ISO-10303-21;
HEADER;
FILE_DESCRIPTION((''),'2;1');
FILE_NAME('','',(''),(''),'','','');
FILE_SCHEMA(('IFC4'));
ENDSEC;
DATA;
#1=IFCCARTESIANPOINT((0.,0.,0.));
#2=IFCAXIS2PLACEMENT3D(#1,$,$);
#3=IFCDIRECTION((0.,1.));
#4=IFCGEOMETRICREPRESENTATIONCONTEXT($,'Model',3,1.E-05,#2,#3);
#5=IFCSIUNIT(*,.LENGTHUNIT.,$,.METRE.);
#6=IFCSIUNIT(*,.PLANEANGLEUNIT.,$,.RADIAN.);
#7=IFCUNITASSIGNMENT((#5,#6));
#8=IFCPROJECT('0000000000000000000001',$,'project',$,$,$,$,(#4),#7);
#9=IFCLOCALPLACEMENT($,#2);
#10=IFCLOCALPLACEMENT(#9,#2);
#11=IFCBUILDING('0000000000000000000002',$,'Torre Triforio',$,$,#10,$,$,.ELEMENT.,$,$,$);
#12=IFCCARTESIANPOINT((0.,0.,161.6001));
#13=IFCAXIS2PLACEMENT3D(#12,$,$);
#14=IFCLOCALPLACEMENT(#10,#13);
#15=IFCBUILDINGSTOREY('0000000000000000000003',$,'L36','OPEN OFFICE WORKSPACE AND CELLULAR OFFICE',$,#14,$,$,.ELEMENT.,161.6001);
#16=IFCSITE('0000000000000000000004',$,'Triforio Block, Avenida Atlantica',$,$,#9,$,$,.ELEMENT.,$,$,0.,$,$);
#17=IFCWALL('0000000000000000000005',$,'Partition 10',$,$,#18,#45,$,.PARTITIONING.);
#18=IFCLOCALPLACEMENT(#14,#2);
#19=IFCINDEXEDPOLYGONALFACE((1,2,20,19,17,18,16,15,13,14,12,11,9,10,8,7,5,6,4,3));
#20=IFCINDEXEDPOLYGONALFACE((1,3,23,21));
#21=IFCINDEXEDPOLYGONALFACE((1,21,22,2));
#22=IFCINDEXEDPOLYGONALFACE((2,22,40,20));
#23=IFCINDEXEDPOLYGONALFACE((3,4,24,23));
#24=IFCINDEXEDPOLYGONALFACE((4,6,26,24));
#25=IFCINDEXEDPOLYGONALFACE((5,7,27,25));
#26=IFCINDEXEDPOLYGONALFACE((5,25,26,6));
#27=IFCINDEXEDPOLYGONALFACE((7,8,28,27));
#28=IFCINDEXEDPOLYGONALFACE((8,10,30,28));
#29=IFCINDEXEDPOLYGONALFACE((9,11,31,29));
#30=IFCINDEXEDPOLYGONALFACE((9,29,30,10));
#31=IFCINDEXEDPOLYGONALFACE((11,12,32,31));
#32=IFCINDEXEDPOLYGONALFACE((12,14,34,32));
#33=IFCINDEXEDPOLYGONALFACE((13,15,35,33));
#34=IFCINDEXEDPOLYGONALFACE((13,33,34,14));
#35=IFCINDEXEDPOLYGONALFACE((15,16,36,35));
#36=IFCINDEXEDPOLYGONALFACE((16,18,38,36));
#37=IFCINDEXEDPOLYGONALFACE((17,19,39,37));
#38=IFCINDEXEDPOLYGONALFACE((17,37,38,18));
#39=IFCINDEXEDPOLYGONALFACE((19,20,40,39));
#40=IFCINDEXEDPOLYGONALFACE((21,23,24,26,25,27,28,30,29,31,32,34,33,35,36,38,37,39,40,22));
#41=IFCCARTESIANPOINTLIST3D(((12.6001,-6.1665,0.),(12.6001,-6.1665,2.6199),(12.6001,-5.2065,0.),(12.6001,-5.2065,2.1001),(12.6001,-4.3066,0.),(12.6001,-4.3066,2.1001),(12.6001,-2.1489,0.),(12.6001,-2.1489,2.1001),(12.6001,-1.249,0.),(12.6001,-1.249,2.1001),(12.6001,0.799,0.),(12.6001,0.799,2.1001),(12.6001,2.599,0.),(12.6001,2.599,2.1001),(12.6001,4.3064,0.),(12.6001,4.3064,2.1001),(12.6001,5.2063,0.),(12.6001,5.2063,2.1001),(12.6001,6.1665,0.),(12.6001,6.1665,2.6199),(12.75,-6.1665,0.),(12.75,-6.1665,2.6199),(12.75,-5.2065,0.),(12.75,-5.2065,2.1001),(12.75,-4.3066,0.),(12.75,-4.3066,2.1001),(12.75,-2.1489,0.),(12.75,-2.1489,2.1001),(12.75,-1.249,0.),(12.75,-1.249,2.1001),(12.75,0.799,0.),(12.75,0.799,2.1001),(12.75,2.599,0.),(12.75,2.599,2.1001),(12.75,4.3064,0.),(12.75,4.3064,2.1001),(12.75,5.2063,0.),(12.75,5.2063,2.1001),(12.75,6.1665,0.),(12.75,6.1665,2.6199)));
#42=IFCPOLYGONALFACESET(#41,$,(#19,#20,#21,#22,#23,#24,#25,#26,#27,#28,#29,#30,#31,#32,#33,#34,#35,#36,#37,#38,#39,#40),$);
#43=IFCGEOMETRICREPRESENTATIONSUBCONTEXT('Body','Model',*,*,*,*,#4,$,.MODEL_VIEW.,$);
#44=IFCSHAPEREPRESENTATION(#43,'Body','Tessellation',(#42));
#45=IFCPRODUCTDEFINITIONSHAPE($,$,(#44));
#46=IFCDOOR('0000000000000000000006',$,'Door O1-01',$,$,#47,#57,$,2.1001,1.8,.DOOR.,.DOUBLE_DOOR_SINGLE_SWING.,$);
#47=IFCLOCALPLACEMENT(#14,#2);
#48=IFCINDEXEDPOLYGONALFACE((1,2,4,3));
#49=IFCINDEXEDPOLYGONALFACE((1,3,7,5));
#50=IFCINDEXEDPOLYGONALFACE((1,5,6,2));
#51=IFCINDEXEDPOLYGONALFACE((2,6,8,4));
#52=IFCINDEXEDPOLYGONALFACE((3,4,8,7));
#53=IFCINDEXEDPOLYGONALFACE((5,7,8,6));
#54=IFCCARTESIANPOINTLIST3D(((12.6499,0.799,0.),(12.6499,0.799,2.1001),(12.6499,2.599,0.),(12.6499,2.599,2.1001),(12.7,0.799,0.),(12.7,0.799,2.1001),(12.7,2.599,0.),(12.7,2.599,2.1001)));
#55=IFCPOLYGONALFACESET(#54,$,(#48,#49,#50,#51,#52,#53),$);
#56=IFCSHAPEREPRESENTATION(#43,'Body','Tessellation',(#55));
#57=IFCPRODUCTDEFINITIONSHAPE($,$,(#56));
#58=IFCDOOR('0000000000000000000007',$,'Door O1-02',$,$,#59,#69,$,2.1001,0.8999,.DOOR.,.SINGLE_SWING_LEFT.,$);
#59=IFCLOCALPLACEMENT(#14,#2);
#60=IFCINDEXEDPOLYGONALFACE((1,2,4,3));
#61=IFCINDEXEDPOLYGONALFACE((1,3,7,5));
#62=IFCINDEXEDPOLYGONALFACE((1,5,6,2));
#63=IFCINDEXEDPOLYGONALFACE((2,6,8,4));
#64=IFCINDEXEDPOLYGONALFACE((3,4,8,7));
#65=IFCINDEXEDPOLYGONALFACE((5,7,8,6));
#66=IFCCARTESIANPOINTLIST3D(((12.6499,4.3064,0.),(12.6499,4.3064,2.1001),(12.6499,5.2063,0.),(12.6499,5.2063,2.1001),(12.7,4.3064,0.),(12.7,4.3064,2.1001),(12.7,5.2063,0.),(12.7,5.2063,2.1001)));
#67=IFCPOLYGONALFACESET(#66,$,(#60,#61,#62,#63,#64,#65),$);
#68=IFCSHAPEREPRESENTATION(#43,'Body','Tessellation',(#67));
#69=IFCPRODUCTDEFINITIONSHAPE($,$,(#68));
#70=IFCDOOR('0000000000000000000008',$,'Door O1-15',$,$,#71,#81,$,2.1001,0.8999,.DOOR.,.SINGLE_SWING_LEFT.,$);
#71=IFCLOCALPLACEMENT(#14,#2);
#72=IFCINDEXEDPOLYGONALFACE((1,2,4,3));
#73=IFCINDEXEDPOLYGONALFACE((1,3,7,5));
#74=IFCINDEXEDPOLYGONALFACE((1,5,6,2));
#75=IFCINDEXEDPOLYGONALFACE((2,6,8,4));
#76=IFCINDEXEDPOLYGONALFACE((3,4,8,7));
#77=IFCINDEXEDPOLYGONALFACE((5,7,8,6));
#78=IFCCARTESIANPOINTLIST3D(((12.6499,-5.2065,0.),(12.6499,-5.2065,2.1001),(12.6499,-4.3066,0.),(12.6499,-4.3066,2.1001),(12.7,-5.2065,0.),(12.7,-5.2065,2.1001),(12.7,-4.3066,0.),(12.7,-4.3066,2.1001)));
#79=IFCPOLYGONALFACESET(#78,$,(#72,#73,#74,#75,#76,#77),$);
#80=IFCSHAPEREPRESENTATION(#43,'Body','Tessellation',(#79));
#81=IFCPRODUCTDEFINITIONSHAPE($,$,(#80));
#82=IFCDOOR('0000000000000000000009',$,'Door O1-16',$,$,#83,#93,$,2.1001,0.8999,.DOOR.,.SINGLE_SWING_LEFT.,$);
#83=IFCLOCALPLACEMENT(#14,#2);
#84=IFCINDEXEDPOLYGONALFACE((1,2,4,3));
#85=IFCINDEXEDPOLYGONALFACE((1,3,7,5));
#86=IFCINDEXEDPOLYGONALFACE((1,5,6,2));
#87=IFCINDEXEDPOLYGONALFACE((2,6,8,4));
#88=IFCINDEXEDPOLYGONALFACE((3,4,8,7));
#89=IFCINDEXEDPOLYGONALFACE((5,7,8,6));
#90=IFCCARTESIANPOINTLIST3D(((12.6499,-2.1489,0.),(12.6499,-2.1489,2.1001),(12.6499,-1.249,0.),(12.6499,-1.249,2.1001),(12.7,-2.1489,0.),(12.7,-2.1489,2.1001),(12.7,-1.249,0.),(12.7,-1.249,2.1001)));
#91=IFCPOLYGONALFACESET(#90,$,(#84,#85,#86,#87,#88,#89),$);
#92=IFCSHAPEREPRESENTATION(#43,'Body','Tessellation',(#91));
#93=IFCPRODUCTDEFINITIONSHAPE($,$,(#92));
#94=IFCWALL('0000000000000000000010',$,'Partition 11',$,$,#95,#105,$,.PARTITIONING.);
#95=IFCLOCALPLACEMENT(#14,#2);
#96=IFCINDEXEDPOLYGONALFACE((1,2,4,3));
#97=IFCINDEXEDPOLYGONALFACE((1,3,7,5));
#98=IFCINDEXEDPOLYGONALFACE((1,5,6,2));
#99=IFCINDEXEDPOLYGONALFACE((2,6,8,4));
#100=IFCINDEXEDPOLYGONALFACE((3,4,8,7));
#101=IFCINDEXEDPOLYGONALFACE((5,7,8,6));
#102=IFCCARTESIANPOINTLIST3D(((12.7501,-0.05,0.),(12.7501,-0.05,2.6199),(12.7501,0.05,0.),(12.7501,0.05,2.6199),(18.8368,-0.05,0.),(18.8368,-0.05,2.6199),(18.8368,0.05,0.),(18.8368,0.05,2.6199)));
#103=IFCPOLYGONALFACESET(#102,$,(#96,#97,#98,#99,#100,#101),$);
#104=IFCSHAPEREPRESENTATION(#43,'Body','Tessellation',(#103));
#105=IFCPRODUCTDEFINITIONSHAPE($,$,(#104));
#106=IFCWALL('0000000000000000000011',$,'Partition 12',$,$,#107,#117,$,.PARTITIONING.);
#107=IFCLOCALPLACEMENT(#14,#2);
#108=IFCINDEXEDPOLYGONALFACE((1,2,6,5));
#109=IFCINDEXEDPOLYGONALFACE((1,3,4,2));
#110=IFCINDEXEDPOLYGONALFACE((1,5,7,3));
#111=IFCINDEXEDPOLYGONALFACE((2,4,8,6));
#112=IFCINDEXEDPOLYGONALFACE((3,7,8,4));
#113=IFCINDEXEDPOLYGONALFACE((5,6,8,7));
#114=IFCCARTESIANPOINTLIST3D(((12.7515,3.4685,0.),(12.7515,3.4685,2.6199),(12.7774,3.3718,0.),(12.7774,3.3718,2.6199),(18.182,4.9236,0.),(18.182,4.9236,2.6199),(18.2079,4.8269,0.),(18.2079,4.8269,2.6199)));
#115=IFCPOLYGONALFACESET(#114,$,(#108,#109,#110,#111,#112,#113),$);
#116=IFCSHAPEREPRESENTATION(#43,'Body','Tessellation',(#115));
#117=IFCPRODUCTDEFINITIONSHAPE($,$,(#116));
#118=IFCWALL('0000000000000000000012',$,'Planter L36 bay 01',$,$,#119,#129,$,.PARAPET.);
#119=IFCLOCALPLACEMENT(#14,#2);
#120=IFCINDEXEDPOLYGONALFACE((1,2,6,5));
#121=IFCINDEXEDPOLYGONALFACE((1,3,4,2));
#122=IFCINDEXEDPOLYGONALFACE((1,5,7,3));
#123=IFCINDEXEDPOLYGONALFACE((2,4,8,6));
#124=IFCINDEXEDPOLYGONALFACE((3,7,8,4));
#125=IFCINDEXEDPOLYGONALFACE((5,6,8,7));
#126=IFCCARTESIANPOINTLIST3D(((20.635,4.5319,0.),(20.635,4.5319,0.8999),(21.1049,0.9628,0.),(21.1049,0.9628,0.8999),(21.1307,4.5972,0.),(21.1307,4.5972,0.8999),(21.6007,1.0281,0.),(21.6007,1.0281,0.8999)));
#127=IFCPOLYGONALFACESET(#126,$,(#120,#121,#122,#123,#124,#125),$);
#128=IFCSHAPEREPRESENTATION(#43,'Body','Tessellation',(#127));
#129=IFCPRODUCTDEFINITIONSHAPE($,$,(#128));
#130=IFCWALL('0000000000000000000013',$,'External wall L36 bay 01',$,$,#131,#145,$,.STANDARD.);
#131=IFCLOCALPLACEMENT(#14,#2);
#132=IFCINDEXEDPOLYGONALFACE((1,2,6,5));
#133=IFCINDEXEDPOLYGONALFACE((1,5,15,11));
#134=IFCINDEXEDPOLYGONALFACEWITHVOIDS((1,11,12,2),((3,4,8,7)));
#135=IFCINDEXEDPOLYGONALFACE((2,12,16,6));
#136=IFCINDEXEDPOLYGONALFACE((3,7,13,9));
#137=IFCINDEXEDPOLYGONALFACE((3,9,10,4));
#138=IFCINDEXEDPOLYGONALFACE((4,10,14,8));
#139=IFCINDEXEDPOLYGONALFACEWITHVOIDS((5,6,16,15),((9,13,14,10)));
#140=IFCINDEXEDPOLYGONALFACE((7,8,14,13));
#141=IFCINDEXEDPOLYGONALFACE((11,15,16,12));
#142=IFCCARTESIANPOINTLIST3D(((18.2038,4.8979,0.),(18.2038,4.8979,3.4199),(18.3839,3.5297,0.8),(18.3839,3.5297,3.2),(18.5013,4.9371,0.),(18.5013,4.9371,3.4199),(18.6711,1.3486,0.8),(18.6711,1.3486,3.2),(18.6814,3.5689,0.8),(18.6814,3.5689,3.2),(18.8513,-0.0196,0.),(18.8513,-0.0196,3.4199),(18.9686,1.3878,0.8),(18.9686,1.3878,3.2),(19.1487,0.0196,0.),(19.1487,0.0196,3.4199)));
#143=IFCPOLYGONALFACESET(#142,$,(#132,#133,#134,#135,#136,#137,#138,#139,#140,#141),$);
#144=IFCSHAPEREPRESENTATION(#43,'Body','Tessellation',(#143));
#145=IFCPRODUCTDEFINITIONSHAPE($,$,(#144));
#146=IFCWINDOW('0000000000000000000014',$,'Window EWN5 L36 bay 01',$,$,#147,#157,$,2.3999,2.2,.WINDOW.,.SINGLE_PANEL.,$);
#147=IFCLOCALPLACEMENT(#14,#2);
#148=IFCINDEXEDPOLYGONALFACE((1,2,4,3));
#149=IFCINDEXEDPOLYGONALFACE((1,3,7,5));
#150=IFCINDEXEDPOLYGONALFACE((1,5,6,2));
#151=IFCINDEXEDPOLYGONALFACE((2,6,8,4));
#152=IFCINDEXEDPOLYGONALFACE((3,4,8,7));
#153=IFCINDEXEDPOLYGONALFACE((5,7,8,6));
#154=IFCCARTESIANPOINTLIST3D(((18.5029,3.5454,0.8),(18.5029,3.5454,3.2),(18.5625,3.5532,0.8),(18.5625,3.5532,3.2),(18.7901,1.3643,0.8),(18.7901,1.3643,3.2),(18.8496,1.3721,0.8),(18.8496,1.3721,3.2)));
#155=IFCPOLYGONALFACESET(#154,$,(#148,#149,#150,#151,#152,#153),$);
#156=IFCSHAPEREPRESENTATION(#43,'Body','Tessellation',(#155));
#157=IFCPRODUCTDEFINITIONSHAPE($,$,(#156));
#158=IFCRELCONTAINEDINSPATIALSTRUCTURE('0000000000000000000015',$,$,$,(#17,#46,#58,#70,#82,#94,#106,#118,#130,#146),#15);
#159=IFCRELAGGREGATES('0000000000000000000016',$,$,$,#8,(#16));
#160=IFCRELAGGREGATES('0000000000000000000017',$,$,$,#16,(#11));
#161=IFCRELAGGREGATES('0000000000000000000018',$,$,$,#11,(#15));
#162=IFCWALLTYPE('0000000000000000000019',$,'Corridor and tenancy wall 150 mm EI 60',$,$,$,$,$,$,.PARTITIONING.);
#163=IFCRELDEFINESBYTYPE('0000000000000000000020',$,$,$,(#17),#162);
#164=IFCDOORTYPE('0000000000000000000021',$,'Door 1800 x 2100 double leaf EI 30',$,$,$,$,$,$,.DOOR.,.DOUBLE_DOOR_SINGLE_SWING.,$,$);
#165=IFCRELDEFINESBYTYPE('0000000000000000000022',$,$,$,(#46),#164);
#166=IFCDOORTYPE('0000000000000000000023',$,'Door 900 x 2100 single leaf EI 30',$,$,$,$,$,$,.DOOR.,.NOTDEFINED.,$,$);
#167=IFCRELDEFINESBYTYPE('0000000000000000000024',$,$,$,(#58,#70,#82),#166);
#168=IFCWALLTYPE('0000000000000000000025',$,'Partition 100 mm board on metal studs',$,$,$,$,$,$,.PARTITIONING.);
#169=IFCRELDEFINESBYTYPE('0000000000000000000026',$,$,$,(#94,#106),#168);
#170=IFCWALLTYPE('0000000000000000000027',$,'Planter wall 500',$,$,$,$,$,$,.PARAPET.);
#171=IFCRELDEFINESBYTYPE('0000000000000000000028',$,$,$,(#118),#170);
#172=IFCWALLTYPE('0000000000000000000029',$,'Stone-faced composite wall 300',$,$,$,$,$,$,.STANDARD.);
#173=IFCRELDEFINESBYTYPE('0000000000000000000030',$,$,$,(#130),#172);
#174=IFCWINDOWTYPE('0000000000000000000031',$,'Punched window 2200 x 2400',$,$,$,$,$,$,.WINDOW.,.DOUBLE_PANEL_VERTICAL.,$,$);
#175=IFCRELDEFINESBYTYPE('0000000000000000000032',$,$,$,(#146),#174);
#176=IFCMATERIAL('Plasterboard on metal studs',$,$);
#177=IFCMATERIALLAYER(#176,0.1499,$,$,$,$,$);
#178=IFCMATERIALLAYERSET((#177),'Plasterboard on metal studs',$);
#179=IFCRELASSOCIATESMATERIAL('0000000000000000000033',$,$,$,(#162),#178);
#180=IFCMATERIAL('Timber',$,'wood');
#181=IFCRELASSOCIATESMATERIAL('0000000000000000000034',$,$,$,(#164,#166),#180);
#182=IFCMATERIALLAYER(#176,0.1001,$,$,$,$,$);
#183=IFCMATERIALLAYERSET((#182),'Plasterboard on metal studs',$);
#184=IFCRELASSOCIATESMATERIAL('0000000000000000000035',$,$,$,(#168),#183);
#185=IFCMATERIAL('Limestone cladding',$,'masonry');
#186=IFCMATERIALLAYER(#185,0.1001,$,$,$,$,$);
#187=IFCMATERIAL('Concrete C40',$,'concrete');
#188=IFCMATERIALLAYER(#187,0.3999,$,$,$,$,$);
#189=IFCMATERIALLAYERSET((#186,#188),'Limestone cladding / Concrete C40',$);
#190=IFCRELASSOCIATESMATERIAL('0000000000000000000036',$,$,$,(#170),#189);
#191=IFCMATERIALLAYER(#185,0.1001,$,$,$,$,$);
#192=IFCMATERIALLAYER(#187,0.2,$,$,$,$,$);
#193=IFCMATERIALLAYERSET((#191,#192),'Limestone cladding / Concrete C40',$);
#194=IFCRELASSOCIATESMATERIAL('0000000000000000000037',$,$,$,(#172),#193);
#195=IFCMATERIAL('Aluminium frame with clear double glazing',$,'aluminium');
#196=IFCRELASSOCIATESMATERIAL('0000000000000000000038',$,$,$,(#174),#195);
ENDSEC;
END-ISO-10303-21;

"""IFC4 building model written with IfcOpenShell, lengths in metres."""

from ifc_helpers import new_model, si_unit, direction, frame, frame_2d, origin, place, context, subcontext, project, spatial, rectangle, extrude, material, layer, layer_set, type_object, element, fill, save


model = new_model("IFC4")

# Units and contexts
model_context = context("Model", 3, precision=1e-05, world=origin(), true_north=direction((0.0, 1.0)))
body_context = subcontext(model_context, "Body", "Model", "MODEL_VIEW")
ifc_project = project(units=[si_unit("LENGTHUNIT", "METRE"), si_unit("PLANEANGLEUNIT", "RADIAN")], contexts=[model_context])

# Site, building, storey
site_placement = place(None, origin())
site = spatial("IfcSite", under=ifc_project, at=site_placement, Name="Triforio Block, Avenida Atlantica", CompositionType="ELEMENT", RefElevation=0.0)
building_placement = place(site_placement, origin())
building = spatial("IfcBuilding", under=site, at=building_placement, Name="Torre Triforio", CompositionType="ELEMENT")
storey_placement = place(building_placement, frame((0.0, 0.0, 161.6001)))
storey = spatial("IfcBuildingStorey", under=building, at=storey_placement, Name="L36", Description="OPEN OFFICE WORKSPACE AND CELLULAR OFFICE", CompositionType="ELEMENT", Elevation=161.6001)

# Shared definitions
ifc_material_1 = material(Name="Concrete C40", Category="concrete")

# Wall, openings, doors
ifc_material_2 = material(Name="Plasterboard on metal studs")
ifc_layer_1 = layer(ifc_material_2, 0.1499)
ifc_layer_set_1 = layer_set([ifc_layer_1], Name="Plasterboard on metal studs")
wall_type_1 = type_object("IfcWallType", Name="Corridor and tenancy wall 150 mm EI 60", PredefinedType="PARTITIONING", material=ifc_layer_set_1)
wall_1_placement = place(storey_placement, frame((12.675, 6.1665, 0.0), z_axis=(0.0, 0.0, 1.0), x_axis=(0.0, -1.0, 0.0)))
wall_1 = element("IfcWall", 1, at=wall_1_placement, inside=storey, type_object=wall_type_1, Name="Partition 10", PredefinedType="PARTITIONING", context=body_context, shape_type="SweptSolid", body=[
    extrude(rectangle(XDim=12.333, YDim=0.1499, at=frame_2d((6.1665, 0.0))), origin(), (0.0, 0.0, 1.0), 2.6199),
])
opening_1_placement = place(wall_1_placement, frame((3.5676, 0.0, 0.0)))
opening_1 = element("IfcOpeningElement", 2, at=opening_1_placement, cuts=wall_1, PredefinedType="OPENING", context=body_context, shape_type="SweptSolid", body=[
    extrude(rectangle(XDim=1.8, YDim=2.1001, at=frame_2d((0.8999, 1.05))), frame((0.0, 0.085, 0.0), z_axis=(0.0, -1.0, 0.0), x_axis=(1.0, 0.0, 0.0)), (0.0, 0.0, 1.0), 0.1699),
])
opening_2_placement = place(wall_1_placement, frame((0.9602, 0.0, 0.0)))
opening_2 = element("IfcOpeningElement", 3, at=opening_2_placement, cuts=wall_1, PredefinedType="OPENING", context=body_context, shape_type="SweptSolid", body=[
    extrude(rectangle(XDim=0.8999, YDim=2.1001, at=frame_2d((0.45, 1.05))), frame((0.0, 0.085, 0.0), z_axis=(0.0, -1.0, 0.0), x_axis=(1.0, 0.0, 0.0)), (0.0, 0.0, 1.0), 0.1699),
])
opening_3_placement = place(wall_1_placement, frame((10.4731, 0.0, 0.0)))
opening_3 = element("IfcOpeningElement", 4, at=opening_3_placement, cuts=wall_1, PredefinedType="OPENING", context=body_context, shape_type="SweptSolid", body=[
    extrude(rectangle(XDim=0.8999, YDim=2.1001, at=frame_2d((0.45, 1.05))), frame((0.0, 0.085, 0.0), z_axis=(0.0, -1.0, 0.0), x_axis=(1.0, 0.0, 0.0)), (0.0, 0.0, 1.0), 0.1699),
])
opening_4_placement = place(wall_1_placement, frame((7.4155, 0.0, 0.0)))
opening_4 = element("IfcOpeningElement", 5, at=opening_4_placement, cuts=wall_1, PredefinedType="OPENING", context=body_context, shape_type="SweptSolid", body=[
    extrude(rectangle(XDim=0.8999, YDim=2.1001, at=frame_2d((0.45, 1.05))), frame((0.0, 0.085, 0.0), z_axis=(0.0, -1.0, 0.0), x_axis=(1.0, 0.0, 0.0)), (0.0, 0.0, 1.0), 0.1699),
])
ifc_material_3 = material(Name="Timber", Category="wood")
door_type_1 = type_object("IfcDoorType", Name="Door 1800 x 2100 double leaf EI 30", OperationType="DOUBLE_DOOR_SINGLE_SWING", PredefinedType="DOOR", material=ifc_material_3)
door_1_placement = place(opening_1_placement, origin())
door_1 = element("IfcDoor", 6, at=door_1_placement, inside=storey, type_object=door_type_1, Name="Door O1-01", OperationType="DOUBLE_DOOR_SINGLE_SWING", OverallHeight=2.1001, OverallWidth=1.8, PredefinedType="DOOR", context=body_context, shape_type="SweptSolid", body=[
    extrude(rectangle(XDim=1.8, YDim=2.1001, at=frame_2d((0.8999, 1.05))), frame((0.0, 0.0249, 0.0), z_axis=(0.0, -1.0, 0.0), x_axis=(1.0, 0.0, 0.0)), (0.0, 0.0, 1.0), 0.05),
])
fill(opening_1, door_1)
door_type_2 = type_object("IfcDoorType", Name="Door 900 x 2100 single leaf EI 30", OperationType="NOTDEFINED", PredefinedType="DOOR", material=ifc_material_3)
door_2_placement = place(opening_2_placement, origin())
door_2 = element("IfcDoor", 7, at=door_2_placement, inside=storey, type_object=door_type_2, Name="Door O1-02", OperationType="SINGLE_SWING_LEFT", OverallHeight=2.1001, OverallWidth=0.8999, PredefinedType="DOOR", context=body_context, shape_type="SweptSolid", body=[
    extrude(rectangle(XDim=0.8999, YDim=2.1001, at=frame_2d((0.45, 1.05))), frame((0.0, 0.0249, 0.0), z_axis=(0.0, -1.0, 0.0), x_axis=(1.0, 0.0, 0.0)), (0.0, 0.0, 1.0), 0.05),
])
fill(opening_2, door_2)
door_3_placement = place(opening_3_placement, origin())
door_3 = element("IfcDoor", 8, at=door_3_placement, inside=storey, type_object=door_type_2, Name="Door O1-15", OperationType="SINGLE_SWING_LEFT", OverallHeight=2.1001, OverallWidth=0.8999, PredefinedType="DOOR", context=body_context, shape_type="SweptSolid", body=[
    extrude(rectangle(XDim=0.8999, YDim=2.1001, at=frame_2d((0.45, 1.05))), frame((0.0, 0.0249, 0.0), z_axis=(0.0, -1.0, 0.0), x_axis=(1.0, 0.0, 0.0)), (0.0, 0.0, 1.0), 0.05),
])
fill(opening_3, door_3)
door_4_placement = place(opening_4_placement, origin())
door_4 = element("IfcDoor", 9, at=door_4_placement, inside=storey, type_object=door_type_2, Name="Door O1-16", OperationType="SINGLE_SWING_LEFT", OverallHeight=2.1001, OverallWidth=0.8999, PredefinedType="DOOR", context=body_context, shape_type="SweptSolid", body=[
    extrude(rectangle(XDim=0.8999, YDim=2.1001, at=frame_2d((0.45, 1.05))), frame((0.0, 0.0249, 0.0), z_axis=(0.0, -1.0, 0.0), x_axis=(1.0, 0.0, 0.0)), (0.0, 0.0, 1.0), 0.05),
])
fill(opening_4, door_4)

# Walls
ifc_layer_2 = layer(ifc_material_2, 0.1001)
ifc_layer_set_2 = layer_set([ifc_layer_2], Name="Plasterboard on metal studs")
wall_type_2 = type_object("IfcWallType", Name="Partition 100 mm board on metal studs", PredefinedType="PARTITIONING", material=ifc_layer_set_2)
wall_2_placement = place(storey_placement, frame((12.75, 0.0, 0.0), z_axis=(0.0, 0.0, 1.0), x_axis=(1.0, 0.0, 0.0)))
element("IfcWall", 10, at=wall_2_placement, inside=storey, type_object=wall_type_2, Name="Partition 11", PredefinedType="PARTITIONING", context=body_context, shape_type="SweptSolid", body=[
    extrude(rectangle(XDim=6.0867, YDim=0.1001, at=frame_2d((3.0435, 0.0))), origin(), (0.0, 0.0, 1.0), 2.6199),
])
wall_3_placement = place(storey_placement, frame((12.7644, 3.4202, 0.0), z_axis=(0.0, 0.0, 1.0), x_axis=(0.965926, 0.258819, 0.0)))
element("IfcWall", 11, at=wall_3_placement, inside=storey, type_object=wall_type_2, Name="Partition 12", PredefinedType="PARTITIONING", context=body_context, shape_type="SweptSolid", body=[
    extrude(rectangle(XDim=5.6221, YDim=0.1001, at=frame_2d((2.811, 0.0))), origin(), (0.0, 0.0, 1.0), 2.6199),
])
ifc_material_4 = material(Name="Limestone cladding", Category="masonry")
ifc_layer_3 = layer(ifc_material_4, 0.1001)
ifc_layer_4 = layer(ifc_material_1, 0.3999)
ifc_layer_set_3 = layer_set([ifc_layer_3, ifc_layer_4], Name="Limestone cladding / Concrete C40")
wall_type_3 = type_object("IfcWallType", Name="Planter wall 500", PredefinedType="PARAPET", material=ifc_layer_set_3)
wall_4_placement = place(storey_placement, frame((21.3528, 0.9956, 0.0), z_axis=(0.0, 0.0, 1.0), x_axis=(-0.130551, 0.991442, 0.0)))
element("IfcWall", 12, at=wall_4_placement, inside=storey, type_object=wall_type_3, Name="Planter L36 bay 01", PredefinedType="PARAPET", context=body_context, shape_type="SweptSolid", body=[
    extrude(rectangle(XDim=3.5999, YDim=0.5, at=frame_2d((1.7998, 0.0))), origin(), (0.0, 0.0, 1.0), 0.8999),
])

# Wall, opening, window
ifc_layer_5 = layer(ifc_material_4, 0.1001)
ifc_layer_6 = layer(ifc_material_1, 0.2)
ifc_layer_set_4 = layer_set([ifc_layer_5, ifc_layer_6], Name="Limestone cladding / Concrete C40")
wall_type_4 = type_object("IfcWallType", Name="Stone-faced composite wall 300", PredefinedType="STANDARD", material=ifc_layer_set_4)
wall_5_placement = place(storey_placement, frame((19.0, 0.0, 0.0), z_axis=(0.0, 0.0, 1.0), x_axis=(-0.130539, 0.991443, 0.0)))
wall_5 = element("IfcWall", 13, at=wall_5_placement, inside=storey, type_object=wall_type_4, Name="External wall L36 bay 01", PredefinedType="STANDARD", context=body_context, shape_type="SweptSolid", body=[
    extrude(rectangle(XDim=4.96, YDim=0.3, at=frame_2d((2.48, 0.0))), origin(), (0.0, 0.0, 1.0), 3.4199),
])
opening_5_placement = place(wall_5_placement, frame((1.3799, 0.0, 0.8)))
opening_5 = element("IfcOpeningElement", 14, at=opening_5_placement, cuts=wall_5, PredefinedType="OPENING", context=body_context, shape_type="SweptSolid", body=[
    extrude(rectangle(XDim=2.2, YDim=2.3999, at=frame_2d((1.1001, 1.2))), frame((0.0, 0.1599, 0.0), z_axis=(0.0, -1.0, 0.0), x_axis=(1.0, 0.0, 0.0)), (0.0, 0.0, 1.0), 0.3201),
])
ifc_material_5 = material(Name="Aluminium frame with clear double glazing", Category="aluminium")
window_type_1 = type_object("IfcWindowType", Name="Punched window 2200 x 2400", PartitioningType="DOUBLE_PANEL_VERTICAL", PredefinedType="WINDOW", material=ifc_material_5)
window_1_placement = place(opening_5_placement, origin())
window_1 = element("IfcWindow", 15, at=window_1_placement, inside=storey, type_object=window_type_1, Name="Window EWN5 L36 bay 01", OverallHeight=2.3999, OverallWidth=2.2, PartitioningType="SINGLE_PANEL", PredefinedType="WINDOW", context=body_context, shape_type="SweptSolid", body=[
    extrude(rectangle(XDim=2.2, YDim=2.3999, at=frame_2d((1.1001, 1.2))), frame((0.0, 0.03, 0.0), z_axis=(0.0, -1.0, 0.0), x_axis=(1.0, 0.0, 0.0)), (0.0, 0.0, 1.0), 0.0601),
])
fill(opening_5, window_1)

save(model, "model.ifc")
